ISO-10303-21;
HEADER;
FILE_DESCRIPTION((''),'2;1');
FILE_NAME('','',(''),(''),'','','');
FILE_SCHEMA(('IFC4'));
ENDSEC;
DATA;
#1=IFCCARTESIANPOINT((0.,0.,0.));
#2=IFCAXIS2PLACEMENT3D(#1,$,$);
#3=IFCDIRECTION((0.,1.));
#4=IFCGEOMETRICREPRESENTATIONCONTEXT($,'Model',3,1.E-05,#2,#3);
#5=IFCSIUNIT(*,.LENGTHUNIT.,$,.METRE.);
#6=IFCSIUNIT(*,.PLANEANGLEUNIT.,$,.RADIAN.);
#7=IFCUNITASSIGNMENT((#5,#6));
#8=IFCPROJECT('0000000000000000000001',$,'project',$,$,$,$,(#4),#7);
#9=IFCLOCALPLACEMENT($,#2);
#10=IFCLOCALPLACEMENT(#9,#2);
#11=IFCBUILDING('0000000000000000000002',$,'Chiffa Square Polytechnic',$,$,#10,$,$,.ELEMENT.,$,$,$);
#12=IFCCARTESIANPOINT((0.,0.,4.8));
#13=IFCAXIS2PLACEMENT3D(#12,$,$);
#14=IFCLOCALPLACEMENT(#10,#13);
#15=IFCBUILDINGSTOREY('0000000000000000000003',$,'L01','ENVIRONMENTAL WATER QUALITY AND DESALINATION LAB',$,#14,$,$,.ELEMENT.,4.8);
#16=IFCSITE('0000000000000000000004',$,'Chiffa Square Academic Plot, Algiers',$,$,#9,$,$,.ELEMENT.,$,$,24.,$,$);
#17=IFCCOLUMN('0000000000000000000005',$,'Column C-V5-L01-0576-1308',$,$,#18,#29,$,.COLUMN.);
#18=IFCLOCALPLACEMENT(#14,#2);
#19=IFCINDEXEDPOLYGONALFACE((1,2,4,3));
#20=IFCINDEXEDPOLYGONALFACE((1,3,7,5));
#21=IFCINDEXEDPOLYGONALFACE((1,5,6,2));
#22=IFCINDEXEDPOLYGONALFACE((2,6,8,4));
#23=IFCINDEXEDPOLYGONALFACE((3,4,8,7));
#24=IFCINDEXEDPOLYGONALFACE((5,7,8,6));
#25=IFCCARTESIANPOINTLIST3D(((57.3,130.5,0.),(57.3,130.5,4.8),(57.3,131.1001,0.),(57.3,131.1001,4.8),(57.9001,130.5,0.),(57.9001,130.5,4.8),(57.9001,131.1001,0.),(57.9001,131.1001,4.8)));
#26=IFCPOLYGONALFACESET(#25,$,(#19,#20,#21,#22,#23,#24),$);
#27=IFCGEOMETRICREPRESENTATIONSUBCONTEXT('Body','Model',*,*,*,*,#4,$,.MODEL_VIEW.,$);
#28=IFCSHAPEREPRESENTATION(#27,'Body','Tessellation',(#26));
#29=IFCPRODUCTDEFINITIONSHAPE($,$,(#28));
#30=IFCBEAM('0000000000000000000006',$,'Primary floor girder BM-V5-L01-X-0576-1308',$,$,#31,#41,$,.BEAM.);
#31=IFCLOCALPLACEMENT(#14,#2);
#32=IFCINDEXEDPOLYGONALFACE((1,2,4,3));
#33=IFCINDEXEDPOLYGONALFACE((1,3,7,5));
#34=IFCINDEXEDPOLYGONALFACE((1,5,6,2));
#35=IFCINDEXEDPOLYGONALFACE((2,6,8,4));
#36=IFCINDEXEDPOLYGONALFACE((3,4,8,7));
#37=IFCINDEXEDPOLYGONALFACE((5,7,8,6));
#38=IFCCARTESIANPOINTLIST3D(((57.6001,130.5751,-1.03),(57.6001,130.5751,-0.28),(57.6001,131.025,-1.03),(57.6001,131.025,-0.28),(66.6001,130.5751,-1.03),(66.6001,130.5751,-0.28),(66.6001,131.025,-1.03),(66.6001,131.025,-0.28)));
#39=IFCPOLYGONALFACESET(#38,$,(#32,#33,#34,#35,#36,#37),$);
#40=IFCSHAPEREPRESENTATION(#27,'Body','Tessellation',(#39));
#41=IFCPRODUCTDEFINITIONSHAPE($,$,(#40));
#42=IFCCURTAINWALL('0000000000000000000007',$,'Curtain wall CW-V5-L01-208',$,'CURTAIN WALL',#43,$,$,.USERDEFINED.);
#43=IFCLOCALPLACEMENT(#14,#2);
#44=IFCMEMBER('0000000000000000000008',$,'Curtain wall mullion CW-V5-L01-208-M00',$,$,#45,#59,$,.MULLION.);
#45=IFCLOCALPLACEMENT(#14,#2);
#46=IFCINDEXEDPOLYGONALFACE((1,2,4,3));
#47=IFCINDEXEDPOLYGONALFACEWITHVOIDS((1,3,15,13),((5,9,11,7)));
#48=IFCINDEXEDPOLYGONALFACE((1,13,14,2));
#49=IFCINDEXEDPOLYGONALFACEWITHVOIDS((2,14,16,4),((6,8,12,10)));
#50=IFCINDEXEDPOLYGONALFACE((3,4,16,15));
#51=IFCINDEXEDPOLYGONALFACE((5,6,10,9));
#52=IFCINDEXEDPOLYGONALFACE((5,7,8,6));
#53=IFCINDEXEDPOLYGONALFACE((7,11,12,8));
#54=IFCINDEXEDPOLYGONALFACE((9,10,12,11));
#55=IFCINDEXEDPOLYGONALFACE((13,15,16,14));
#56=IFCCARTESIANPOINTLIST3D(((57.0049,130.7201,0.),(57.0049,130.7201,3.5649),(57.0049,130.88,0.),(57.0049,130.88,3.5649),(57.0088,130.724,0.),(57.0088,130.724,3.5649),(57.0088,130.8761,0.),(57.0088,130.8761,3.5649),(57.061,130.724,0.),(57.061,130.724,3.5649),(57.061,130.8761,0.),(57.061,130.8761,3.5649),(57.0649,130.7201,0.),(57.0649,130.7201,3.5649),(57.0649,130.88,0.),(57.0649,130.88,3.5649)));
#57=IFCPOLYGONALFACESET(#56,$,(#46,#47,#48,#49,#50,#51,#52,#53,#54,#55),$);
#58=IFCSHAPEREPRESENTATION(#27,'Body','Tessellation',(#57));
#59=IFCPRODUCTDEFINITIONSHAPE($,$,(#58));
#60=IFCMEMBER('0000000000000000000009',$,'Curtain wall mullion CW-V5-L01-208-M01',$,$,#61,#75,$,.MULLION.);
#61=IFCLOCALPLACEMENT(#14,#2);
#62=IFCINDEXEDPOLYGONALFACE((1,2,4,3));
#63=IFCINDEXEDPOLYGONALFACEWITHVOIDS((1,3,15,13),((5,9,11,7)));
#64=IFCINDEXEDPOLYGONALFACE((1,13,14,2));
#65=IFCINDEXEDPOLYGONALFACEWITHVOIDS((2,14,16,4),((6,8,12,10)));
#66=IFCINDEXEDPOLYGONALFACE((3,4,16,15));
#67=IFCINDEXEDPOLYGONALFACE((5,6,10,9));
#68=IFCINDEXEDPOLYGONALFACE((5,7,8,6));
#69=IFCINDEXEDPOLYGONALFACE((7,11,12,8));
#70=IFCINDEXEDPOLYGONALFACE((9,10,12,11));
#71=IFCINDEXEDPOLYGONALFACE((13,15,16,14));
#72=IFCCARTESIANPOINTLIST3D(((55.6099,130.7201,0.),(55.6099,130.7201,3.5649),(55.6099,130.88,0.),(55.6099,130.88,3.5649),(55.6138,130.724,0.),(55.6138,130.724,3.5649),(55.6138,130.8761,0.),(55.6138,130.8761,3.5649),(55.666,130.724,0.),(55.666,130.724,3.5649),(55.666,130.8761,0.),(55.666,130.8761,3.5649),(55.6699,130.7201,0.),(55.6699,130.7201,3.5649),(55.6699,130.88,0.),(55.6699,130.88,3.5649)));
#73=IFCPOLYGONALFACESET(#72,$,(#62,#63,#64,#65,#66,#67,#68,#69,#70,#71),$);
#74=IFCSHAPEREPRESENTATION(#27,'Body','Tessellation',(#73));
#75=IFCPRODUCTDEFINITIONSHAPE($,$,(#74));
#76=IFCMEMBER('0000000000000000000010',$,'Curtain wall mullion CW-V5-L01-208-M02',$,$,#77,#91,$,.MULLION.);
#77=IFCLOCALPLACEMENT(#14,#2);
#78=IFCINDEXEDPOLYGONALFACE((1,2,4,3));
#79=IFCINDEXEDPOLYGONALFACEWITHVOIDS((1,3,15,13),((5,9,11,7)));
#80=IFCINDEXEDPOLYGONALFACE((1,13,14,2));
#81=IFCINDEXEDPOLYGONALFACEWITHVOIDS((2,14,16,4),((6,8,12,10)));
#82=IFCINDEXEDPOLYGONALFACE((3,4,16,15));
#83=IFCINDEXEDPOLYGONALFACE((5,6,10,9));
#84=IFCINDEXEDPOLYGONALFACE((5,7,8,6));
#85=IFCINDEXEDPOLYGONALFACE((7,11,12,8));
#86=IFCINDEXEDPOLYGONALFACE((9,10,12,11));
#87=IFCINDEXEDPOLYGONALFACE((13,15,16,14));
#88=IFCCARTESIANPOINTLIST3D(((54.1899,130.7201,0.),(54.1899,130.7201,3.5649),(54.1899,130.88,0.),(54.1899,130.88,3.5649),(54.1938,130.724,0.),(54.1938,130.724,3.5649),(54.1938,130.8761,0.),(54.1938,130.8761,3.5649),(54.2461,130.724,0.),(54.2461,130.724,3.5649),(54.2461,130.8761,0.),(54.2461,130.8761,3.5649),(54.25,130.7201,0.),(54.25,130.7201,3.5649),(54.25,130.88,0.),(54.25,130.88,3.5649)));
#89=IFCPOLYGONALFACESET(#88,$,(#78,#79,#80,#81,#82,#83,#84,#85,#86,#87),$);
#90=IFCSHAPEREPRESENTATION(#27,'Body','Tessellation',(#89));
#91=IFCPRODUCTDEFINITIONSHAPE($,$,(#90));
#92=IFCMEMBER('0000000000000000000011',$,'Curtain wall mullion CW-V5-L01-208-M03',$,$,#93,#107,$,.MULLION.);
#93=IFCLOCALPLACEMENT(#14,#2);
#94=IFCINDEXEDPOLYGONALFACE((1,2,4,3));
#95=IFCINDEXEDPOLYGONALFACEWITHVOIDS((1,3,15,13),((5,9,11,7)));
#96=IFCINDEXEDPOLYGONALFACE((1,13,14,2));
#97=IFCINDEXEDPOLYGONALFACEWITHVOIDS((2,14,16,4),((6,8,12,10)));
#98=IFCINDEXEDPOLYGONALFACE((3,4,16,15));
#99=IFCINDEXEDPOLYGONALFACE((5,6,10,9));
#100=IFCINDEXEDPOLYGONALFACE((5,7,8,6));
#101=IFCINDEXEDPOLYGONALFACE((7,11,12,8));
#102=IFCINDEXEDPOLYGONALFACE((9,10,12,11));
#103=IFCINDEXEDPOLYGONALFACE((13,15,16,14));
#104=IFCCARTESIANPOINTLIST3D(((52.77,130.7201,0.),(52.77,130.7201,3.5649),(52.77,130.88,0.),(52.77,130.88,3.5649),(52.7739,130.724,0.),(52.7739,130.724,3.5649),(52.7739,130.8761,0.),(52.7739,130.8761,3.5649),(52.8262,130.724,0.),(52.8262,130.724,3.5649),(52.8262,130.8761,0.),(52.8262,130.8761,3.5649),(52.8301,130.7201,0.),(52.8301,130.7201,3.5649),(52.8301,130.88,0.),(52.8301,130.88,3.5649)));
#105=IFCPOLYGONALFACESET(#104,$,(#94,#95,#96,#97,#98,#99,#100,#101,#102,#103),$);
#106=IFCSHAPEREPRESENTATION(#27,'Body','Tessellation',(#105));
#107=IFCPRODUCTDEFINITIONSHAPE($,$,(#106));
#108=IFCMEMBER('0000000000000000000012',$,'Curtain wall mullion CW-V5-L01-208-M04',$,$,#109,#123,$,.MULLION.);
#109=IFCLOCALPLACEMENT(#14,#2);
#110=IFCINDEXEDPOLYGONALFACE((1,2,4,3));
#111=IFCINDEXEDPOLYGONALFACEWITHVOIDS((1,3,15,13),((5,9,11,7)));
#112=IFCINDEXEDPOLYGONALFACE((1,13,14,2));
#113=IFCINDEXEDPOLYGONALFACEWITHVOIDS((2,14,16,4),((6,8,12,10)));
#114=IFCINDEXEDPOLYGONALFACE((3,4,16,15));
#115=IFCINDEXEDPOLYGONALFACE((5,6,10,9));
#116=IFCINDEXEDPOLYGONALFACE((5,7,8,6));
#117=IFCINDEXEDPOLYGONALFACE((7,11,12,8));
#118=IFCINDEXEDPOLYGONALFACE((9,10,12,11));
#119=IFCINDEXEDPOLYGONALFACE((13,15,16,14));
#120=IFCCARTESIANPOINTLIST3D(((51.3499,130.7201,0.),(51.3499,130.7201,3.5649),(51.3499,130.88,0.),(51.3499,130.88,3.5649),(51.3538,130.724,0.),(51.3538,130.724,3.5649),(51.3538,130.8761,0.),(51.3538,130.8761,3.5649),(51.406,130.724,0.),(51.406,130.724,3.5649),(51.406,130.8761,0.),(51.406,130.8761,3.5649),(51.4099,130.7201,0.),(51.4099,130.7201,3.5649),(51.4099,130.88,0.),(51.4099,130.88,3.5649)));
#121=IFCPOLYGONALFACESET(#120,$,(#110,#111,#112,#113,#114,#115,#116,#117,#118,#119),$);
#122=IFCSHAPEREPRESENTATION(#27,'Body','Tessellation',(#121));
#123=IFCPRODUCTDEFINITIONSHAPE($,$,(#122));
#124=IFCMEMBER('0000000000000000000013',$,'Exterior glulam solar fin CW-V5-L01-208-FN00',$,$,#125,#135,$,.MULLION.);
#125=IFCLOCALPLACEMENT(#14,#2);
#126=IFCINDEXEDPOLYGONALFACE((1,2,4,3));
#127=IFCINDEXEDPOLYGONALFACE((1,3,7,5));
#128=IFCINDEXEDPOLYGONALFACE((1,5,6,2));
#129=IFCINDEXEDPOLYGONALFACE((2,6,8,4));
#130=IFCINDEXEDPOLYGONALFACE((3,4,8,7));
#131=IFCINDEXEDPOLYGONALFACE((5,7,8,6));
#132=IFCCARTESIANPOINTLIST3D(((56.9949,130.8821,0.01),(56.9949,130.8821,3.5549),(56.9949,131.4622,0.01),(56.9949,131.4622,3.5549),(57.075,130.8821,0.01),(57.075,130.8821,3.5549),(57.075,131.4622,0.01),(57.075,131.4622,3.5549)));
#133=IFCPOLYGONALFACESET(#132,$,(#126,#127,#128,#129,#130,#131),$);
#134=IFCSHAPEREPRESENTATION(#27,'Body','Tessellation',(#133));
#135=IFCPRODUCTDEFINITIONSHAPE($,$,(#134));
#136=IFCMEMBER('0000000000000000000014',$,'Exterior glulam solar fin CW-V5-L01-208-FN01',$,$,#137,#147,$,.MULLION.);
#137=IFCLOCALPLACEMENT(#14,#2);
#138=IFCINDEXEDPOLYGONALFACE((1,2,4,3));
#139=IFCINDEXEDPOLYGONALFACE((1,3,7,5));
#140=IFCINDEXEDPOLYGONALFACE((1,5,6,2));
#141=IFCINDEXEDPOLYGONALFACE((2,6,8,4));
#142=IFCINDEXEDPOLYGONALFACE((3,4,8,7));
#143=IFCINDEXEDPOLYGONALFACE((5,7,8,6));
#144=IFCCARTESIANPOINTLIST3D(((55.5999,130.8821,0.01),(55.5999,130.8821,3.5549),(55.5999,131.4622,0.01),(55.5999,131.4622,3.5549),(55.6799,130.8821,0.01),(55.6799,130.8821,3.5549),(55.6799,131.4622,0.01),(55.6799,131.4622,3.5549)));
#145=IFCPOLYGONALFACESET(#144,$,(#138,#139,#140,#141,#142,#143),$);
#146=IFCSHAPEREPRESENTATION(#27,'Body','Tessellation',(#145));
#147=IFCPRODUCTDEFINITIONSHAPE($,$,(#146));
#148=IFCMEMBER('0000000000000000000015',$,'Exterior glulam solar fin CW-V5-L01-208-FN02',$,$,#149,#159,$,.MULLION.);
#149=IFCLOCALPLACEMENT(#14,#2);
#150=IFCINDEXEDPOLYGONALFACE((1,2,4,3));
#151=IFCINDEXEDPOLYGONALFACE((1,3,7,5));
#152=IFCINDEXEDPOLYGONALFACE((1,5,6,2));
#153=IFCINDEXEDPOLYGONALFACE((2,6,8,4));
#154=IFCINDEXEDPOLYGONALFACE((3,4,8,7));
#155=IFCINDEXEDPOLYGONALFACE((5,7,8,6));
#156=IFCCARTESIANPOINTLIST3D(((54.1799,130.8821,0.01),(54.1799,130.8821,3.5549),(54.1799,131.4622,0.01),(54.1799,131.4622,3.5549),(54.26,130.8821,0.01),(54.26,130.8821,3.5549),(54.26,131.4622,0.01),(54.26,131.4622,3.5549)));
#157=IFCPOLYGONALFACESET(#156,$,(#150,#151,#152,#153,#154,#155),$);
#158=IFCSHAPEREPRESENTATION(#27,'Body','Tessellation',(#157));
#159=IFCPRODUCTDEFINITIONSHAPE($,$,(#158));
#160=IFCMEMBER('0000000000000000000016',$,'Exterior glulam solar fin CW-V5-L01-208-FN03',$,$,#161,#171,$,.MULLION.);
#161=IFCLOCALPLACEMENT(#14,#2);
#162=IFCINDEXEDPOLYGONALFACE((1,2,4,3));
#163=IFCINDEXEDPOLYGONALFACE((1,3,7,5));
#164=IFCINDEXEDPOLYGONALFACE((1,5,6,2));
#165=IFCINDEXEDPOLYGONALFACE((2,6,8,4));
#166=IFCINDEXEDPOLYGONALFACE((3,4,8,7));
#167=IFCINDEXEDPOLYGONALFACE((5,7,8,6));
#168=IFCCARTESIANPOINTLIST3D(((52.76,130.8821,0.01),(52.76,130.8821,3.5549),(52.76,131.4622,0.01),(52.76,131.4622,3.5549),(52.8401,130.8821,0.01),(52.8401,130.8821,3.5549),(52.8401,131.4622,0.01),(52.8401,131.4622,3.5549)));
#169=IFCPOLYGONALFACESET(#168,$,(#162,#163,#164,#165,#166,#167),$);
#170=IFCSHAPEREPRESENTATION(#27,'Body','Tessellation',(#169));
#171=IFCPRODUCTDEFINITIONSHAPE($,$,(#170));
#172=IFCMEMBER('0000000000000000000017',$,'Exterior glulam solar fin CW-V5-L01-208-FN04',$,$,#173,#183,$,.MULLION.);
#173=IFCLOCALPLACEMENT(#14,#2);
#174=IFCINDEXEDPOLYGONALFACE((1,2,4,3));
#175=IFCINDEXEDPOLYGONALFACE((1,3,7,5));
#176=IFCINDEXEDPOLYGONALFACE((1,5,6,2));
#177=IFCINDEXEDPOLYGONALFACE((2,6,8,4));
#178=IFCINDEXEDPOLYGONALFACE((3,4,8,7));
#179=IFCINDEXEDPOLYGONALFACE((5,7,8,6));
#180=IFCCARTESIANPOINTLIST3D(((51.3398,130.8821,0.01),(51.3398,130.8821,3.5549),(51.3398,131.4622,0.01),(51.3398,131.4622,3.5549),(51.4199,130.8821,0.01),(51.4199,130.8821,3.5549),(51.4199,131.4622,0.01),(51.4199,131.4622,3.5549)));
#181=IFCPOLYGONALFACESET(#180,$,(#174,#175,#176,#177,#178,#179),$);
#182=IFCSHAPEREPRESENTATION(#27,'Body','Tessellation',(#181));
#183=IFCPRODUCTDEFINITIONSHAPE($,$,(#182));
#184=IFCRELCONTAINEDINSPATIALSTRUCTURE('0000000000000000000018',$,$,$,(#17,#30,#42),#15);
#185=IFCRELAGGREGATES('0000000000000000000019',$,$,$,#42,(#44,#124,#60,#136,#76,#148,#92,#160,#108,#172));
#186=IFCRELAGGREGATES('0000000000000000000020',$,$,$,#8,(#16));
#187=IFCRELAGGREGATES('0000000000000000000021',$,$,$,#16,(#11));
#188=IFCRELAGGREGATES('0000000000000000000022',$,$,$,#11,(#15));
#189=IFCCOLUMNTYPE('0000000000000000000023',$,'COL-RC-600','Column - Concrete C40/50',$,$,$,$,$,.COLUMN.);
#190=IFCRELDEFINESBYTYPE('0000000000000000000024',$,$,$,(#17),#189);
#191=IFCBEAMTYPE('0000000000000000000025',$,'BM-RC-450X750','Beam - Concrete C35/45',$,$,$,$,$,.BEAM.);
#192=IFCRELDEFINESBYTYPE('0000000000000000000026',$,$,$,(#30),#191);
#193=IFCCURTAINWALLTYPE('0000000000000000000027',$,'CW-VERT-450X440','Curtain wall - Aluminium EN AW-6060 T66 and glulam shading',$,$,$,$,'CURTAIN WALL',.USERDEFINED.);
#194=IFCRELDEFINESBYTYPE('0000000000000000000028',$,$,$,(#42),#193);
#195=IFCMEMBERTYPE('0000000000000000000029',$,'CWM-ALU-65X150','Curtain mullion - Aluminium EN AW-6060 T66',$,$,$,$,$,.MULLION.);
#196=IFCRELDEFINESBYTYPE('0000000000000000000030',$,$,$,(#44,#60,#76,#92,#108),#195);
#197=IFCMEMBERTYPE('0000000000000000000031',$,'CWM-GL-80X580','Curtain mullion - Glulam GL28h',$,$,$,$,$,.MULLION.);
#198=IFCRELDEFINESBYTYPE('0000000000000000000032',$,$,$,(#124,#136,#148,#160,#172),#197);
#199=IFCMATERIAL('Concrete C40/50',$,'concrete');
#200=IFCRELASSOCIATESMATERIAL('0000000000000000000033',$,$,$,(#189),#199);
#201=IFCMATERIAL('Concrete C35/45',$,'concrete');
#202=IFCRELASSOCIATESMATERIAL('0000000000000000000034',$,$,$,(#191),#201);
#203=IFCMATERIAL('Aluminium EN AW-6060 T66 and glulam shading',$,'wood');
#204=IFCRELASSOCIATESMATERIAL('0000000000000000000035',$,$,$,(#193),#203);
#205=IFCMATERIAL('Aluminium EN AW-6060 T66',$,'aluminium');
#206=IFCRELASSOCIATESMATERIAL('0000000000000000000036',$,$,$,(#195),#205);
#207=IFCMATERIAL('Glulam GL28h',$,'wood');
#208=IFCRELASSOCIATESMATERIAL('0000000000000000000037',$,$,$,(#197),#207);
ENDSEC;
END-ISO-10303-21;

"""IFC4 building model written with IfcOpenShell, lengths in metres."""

from ifc_helpers import new_model, si_unit, direction, frame, origin, origin_2d, place, context, subcontext, project, spatial, rectangle, hollow_rectangle, extrude, material, material_profile, profile_set, type_object, element, aggregate, save


model = new_model("IFC4")

# Units and contexts
model_context = context("Model", 3, precision=1e-05, world=origin(), true_north=direction((0.0, 1.0)))
body_context = subcontext(model_context, "Body", "Model", "MODEL_VIEW")
ifc_project = project(units=[si_unit("LENGTHUNIT", "METRE"), si_unit("PLANEANGLEUNIT", "RADIAN")], contexts=[model_context])

# Site, building, storey
site_placement = place(None, origin())
site = spatial("IfcSite", under=ifc_project, at=site_placement, Name="Chiffa Square Academic Plot, Algiers", CompositionType="ELEMENT", RefElevation=24.0)
building_placement = place(site_placement, origin())
building = spatial("IfcBuilding", under=site, at=building_placement, Name="Chiffa Square Polytechnic", CompositionType="ELEMENT")
storey_placement = place(building_placement, frame((0.0, 0.0, 4.8)))
storey = spatial("IfcBuildingStorey", under=building, at=storey_placement, Name="L01", Description="ENVIRONMENTAL WATER QUALITY AND DESALINATION LAB", CompositionType="ELEMENT", Elevation=4.8)

# Column
ifc_material_1 = material(Name="Concrete C40/50", Category="concrete")
ifc_material_profile_1 = material_profile(ifc_material_1, rectangle(XDim=0.6001, YDim=0.6001, at=origin_2d()), Name="RC 600x600")
ifc_profile_set_1 = profile_set([ifc_material_profile_1], Name="Concrete C40/50")
column_type = type_object("IfcColumnType", Name="COL-RC-600", Description="Column - Concrete C40/50", PredefinedType="COLUMN", material=ifc_profile_set_1)
column_placement = place(storey_placement, frame((57.6001, 130.8, 0.0), z_axis=(0.0, 0.0, 1.0), x_axis=(1.0, 0.0, 0.0)))
element("IfcColumn", 1, at=column_placement, inside=storey, type_object=column_type, Name="Column C-V5-L01-0576-1308", PredefinedType="COLUMN", context=body_context, shape_type="SweptSolid", body=[
    extrude(rectangle(XDim=0.6001, YDim=0.6001, at=origin_2d()), origin(), (0.0, 0.0, 1.0), 4.8),
])

# Beam
ifc_material_2 = material(Name="Concrete C35/45", Category="concrete")
ifc_material_profile_2 = material_profile(ifc_material_2, rectangle(XDim=0.45, YDim=0.75, at=origin_2d()), Name="RC 450x750")
ifc_profile_set_2 = profile_set([ifc_material_profile_2], Name="Concrete C35/45")
beam_type = type_object("IfcBeamType", Name="BM-RC-450X750", Description="Beam - Concrete C35/45", PredefinedType="BEAM", material=ifc_profile_set_2)
beam_placement = place(storey_placement, frame((57.6001, 130.8, -0.655), z_axis=(1.0, 0.0, 0.0), x_axis=(0.0, 1.0, 0.0)))
element("IfcBeam", 2, at=beam_placement, inside=storey, type_object=beam_type, Name="Primary floor girder BM-V5-L01-X-0576-1308", PredefinedType="BEAM", context=body_context, shape_type="SweptSolid", body=[
    extrude(rectangle(XDim=0.45, YDim=0.75, at=origin_2d()), origin(), (0.0, 0.0, 1.0), 9.0),
])

# Curtain wall, members
ifc_material_3 = material(Name="Aluminium EN AW-6060 T66 and glulam shading", Category="wood")
curtain_wall_type = type_object("IfcCurtainWallType", Name="CW-VERT-450X440", Description="Curtain wall - Aluminium EN AW-6060 T66 and glulam shading", ElementType="CURTAIN WALL", PredefinedType="USERDEFINED", material=ifc_material_3)
curtain_wall_placement = place(storey_placement, origin())
curtain_wall = element("IfcCurtainWall", 3, at=curtain_wall_placement, inside=storey, type_object=curtain_wall_type, Name="Curtain wall CW-V5-L01-208", ObjectType="CURTAIN WALL", PredefinedType="USERDEFINED")
ifc_material_4 = material(Name="Aluminium EN AW-6060 T66", Category="aluminium")
ifc_material_profile_3 = material_profile(ifc_material_4, hollow_rectangle(XDim=0.0601, YDim=0.1599, WallThickness=0.0039, at=origin_2d()), Name="ALU 60x160x4")
ifc_profile_set_3 = profile_set([ifc_material_profile_3], Name="Aluminium EN AW-6060 T66")
member_type_1 = type_object("IfcMemberType", Name="CWM-ALU-65X150", Description="Curtain mullion - Aluminium EN AW-6060 T66", PredefinedType="MULLION", material=ifc_profile_set_3)
member_1_placement = place(storey_placement, frame((57.0349, 130.8, 0.0), z_axis=(0.0, 0.0, 1.0), x_axis=(1.0, 0.0, 0.0)))
member_1 = element("IfcMember", 4, at=member_1_placement, type_object=member_type_1, Name="Curtain wall mullion CW-V5-L01-208-M00", PredefinedType="MULLION", context=body_context, shape_type="SweptSolid", body=[
    extrude(hollow_rectangle(XDim=0.0601, YDim=0.1599, WallThickness=0.0039, at=origin_2d()), origin(), (0.0, 0.0, 1.0), 3.5649),
])
member_2_placement = place(storey_placement, frame((55.6399, 130.8, 0.0), z_axis=(0.0, 0.0, 1.0), x_axis=(1.0, 0.0, 0.0)))
member_2 = element("IfcMember", 5, at=member_2_placement, type_object=member_type_1, Name="Curtain wall mullion CW-V5-L01-208-M01", PredefinedType="MULLION", context=body_context, shape_type="SweptSolid", body=[
    extrude(hollow_rectangle(XDim=0.0601, YDim=0.1599, WallThickness=0.0039, at=origin_2d()), origin(), (0.0, 0.0, 1.0), 3.5649),
])
member_3_placement = place(storey_placement, frame((54.22, 130.8, 0.0), z_axis=(0.0, 0.0, 1.0), x_axis=(1.0, 0.0, 0.0)))
member_3 = element("IfcMember", 6, at=member_3_placement, type_object=member_type_1, Name="Curtain wall mullion CW-V5-L01-208-M02", PredefinedType="MULLION", context=body_context, shape_type="SweptSolid", body=[
    extrude(hollow_rectangle(XDim=0.0601, YDim=0.1599, WallThickness=0.0039, at=origin_2d()), origin(), (0.0, 0.0, 1.0), 3.5649),
])
member_4_placement = place(storey_placement, frame((52.8, 130.8, 0.0), z_axis=(0.0, 0.0, 1.0), x_axis=(1.0, 0.0, 0.0)))
member_4 = element("IfcMember", 7, at=member_4_placement, type_object=member_type_1, Name="Curtain wall mullion CW-V5-L01-208-M03", PredefinedType="MULLION", context=body_context, shape_type="SweptSolid", body=[
    extrude(hollow_rectangle(XDim=0.0601, YDim=0.1599, WallThickness=0.0039, at=origin_2d()), origin(), (0.0, 0.0, 1.0), 3.5649),
])
member_5_placement = place(storey_placement, frame((51.3799, 130.8, 0.0), z_axis=(0.0, 0.0, 1.0), x_axis=(1.0, 0.0, 0.0)))
member_5 = element("IfcMember", 8, at=member_5_placement, type_object=member_type_1, Name="Curtain wall mullion CW-V5-L01-208-M04", PredefinedType="MULLION", context=body_context, shape_type="SweptSolid", body=[
    extrude(hollow_rectangle(XDim=0.0601, YDim=0.1599, WallThickness=0.0039, at=origin_2d()), origin(), (0.0, 0.0, 1.0), 3.5649),
])
ifc_material_5 = material(Name="Glulam GL28h", Category="wood")
ifc_material_profile_4 = material_profile(ifc_material_5, rectangle(XDim=0.0801, YDim=0.5801, at=origin_2d()), Name="GL28h 80x580")
ifc_profile_set_4 = profile_set([ifc_material_profile_4], Name="Glulam GL28h")
member_type_2 = type_object("IfcMemberType", Name="CWM-GL-80X580", Description="Curtain mullion - Glulam GL28h", PredefinedType="MULLION", material=ifc_profile_set_4)
member_6_placement = place(storey_placement, frame((57.0349, 131.1721, 0.01), z_axis=(0.0, 0.0, 1.0), x_axis=(-1.0, 0.0, 0.0)))
member_6 = element("IfcMember", 9, at=member_6_placement, type_object=member_type_2, Name="Exterior glulam solar fin CW-V5-L01-208-FN00", PredefinedType="MULLION", context=body_context, shape_type="SweptSolid", body=[
    extrude(rectangle(XDim=0.0801, YDim=0.5801, at=origin_2d()), origin(), (0.0, 0.0, 1.0), 3.5449),
])
member_7_placement = place(storey_placement, frame((55.6399, 131.1721, 0.01), z_axis=(0.0, 0.0, 1.0), x_axis=(-1.0, 0.0, 0.0)))
member_7 = element("IfcMember", 10, at=member_7_placement, type_object=member_type_2, Name="Exterior glulam solar fin CW-V5-L01-208-FN01", PredefinedType="MULLION", context=body_context, shape_type="SweptSolid", body=[
    extrude(rectangle(XDim=0.0801, YDim=0.5801, at=origin_2d()), origin(), (0.0, 0.0, 1.0), 3.5449),
])
member_8_placement = place(storey_placement, frame((54.22, 131.1721, 0.01), z_axis=(0.0, 0.0, 1.0), x_axis=(-1.0, 0.0, 0.0)))
member_8 = element("IfcMember", 11, at=member_8_placement, type_object=member_type_2, Name="Exterior glulam solar fin CW-V5-L01-208-FN02", PredefinedType="MULLION", context=body_context, shape_type="SweptSolid", body=[
    extrude(rectangle(XDim=0.0801, YDim=0.5801, at=origin_2d()), origin(), (0.0, 0.0, 1.0), 3.5449),
])
member_9_placement = place(storey_placement, frame((52.8, 131.1721, 0.01), z_axis=(0.0, 0.0, 1.0), x_axis=(-1.0, 0.0, 0.0)))
member_9 = element("IfcMember", 12, at=member_9_placement, type_object=member_type_2, Name="Exterior glulam solar fin CW-V5-L01-208-FN03", PredefinedType="MULLION", context=body_context, shape_type="SweptSolid", body=[
    extrude(rectangle(XDim=0.0801, YDim=0.5801, at=origin_2d()), origin(), (0.0, 0.0, 1.0), 3.5449),
])
member_10_placement = place(storey_placement, frame((51.3799, 131.1721, 0.01), z_axis=(0.0, 0.0, 1.0), x_axis=(-1.0, 0.0, 0.0)))
member_10 = element("IfcMember", 13, at=member_10_placement, type_object=member_type_2, Name="Exterior glulam solar fin CW-V5-L01-208-FN04", PredefinedType="MULLION", context=body_context, shape_type="SweptSolid", body=[
    extrude(rectangle(XDim=0.0801, YDim=0.5801, at=origin_2d()), origin(), (0.0, 0.0, 1.0), 3.5449),
])
aggregate(curtain_wall, [member_1, member_6, member_2, member_7, member_3, member_8, member_4, member_9, member_5, member_10])

save(model, "model.ifc")
